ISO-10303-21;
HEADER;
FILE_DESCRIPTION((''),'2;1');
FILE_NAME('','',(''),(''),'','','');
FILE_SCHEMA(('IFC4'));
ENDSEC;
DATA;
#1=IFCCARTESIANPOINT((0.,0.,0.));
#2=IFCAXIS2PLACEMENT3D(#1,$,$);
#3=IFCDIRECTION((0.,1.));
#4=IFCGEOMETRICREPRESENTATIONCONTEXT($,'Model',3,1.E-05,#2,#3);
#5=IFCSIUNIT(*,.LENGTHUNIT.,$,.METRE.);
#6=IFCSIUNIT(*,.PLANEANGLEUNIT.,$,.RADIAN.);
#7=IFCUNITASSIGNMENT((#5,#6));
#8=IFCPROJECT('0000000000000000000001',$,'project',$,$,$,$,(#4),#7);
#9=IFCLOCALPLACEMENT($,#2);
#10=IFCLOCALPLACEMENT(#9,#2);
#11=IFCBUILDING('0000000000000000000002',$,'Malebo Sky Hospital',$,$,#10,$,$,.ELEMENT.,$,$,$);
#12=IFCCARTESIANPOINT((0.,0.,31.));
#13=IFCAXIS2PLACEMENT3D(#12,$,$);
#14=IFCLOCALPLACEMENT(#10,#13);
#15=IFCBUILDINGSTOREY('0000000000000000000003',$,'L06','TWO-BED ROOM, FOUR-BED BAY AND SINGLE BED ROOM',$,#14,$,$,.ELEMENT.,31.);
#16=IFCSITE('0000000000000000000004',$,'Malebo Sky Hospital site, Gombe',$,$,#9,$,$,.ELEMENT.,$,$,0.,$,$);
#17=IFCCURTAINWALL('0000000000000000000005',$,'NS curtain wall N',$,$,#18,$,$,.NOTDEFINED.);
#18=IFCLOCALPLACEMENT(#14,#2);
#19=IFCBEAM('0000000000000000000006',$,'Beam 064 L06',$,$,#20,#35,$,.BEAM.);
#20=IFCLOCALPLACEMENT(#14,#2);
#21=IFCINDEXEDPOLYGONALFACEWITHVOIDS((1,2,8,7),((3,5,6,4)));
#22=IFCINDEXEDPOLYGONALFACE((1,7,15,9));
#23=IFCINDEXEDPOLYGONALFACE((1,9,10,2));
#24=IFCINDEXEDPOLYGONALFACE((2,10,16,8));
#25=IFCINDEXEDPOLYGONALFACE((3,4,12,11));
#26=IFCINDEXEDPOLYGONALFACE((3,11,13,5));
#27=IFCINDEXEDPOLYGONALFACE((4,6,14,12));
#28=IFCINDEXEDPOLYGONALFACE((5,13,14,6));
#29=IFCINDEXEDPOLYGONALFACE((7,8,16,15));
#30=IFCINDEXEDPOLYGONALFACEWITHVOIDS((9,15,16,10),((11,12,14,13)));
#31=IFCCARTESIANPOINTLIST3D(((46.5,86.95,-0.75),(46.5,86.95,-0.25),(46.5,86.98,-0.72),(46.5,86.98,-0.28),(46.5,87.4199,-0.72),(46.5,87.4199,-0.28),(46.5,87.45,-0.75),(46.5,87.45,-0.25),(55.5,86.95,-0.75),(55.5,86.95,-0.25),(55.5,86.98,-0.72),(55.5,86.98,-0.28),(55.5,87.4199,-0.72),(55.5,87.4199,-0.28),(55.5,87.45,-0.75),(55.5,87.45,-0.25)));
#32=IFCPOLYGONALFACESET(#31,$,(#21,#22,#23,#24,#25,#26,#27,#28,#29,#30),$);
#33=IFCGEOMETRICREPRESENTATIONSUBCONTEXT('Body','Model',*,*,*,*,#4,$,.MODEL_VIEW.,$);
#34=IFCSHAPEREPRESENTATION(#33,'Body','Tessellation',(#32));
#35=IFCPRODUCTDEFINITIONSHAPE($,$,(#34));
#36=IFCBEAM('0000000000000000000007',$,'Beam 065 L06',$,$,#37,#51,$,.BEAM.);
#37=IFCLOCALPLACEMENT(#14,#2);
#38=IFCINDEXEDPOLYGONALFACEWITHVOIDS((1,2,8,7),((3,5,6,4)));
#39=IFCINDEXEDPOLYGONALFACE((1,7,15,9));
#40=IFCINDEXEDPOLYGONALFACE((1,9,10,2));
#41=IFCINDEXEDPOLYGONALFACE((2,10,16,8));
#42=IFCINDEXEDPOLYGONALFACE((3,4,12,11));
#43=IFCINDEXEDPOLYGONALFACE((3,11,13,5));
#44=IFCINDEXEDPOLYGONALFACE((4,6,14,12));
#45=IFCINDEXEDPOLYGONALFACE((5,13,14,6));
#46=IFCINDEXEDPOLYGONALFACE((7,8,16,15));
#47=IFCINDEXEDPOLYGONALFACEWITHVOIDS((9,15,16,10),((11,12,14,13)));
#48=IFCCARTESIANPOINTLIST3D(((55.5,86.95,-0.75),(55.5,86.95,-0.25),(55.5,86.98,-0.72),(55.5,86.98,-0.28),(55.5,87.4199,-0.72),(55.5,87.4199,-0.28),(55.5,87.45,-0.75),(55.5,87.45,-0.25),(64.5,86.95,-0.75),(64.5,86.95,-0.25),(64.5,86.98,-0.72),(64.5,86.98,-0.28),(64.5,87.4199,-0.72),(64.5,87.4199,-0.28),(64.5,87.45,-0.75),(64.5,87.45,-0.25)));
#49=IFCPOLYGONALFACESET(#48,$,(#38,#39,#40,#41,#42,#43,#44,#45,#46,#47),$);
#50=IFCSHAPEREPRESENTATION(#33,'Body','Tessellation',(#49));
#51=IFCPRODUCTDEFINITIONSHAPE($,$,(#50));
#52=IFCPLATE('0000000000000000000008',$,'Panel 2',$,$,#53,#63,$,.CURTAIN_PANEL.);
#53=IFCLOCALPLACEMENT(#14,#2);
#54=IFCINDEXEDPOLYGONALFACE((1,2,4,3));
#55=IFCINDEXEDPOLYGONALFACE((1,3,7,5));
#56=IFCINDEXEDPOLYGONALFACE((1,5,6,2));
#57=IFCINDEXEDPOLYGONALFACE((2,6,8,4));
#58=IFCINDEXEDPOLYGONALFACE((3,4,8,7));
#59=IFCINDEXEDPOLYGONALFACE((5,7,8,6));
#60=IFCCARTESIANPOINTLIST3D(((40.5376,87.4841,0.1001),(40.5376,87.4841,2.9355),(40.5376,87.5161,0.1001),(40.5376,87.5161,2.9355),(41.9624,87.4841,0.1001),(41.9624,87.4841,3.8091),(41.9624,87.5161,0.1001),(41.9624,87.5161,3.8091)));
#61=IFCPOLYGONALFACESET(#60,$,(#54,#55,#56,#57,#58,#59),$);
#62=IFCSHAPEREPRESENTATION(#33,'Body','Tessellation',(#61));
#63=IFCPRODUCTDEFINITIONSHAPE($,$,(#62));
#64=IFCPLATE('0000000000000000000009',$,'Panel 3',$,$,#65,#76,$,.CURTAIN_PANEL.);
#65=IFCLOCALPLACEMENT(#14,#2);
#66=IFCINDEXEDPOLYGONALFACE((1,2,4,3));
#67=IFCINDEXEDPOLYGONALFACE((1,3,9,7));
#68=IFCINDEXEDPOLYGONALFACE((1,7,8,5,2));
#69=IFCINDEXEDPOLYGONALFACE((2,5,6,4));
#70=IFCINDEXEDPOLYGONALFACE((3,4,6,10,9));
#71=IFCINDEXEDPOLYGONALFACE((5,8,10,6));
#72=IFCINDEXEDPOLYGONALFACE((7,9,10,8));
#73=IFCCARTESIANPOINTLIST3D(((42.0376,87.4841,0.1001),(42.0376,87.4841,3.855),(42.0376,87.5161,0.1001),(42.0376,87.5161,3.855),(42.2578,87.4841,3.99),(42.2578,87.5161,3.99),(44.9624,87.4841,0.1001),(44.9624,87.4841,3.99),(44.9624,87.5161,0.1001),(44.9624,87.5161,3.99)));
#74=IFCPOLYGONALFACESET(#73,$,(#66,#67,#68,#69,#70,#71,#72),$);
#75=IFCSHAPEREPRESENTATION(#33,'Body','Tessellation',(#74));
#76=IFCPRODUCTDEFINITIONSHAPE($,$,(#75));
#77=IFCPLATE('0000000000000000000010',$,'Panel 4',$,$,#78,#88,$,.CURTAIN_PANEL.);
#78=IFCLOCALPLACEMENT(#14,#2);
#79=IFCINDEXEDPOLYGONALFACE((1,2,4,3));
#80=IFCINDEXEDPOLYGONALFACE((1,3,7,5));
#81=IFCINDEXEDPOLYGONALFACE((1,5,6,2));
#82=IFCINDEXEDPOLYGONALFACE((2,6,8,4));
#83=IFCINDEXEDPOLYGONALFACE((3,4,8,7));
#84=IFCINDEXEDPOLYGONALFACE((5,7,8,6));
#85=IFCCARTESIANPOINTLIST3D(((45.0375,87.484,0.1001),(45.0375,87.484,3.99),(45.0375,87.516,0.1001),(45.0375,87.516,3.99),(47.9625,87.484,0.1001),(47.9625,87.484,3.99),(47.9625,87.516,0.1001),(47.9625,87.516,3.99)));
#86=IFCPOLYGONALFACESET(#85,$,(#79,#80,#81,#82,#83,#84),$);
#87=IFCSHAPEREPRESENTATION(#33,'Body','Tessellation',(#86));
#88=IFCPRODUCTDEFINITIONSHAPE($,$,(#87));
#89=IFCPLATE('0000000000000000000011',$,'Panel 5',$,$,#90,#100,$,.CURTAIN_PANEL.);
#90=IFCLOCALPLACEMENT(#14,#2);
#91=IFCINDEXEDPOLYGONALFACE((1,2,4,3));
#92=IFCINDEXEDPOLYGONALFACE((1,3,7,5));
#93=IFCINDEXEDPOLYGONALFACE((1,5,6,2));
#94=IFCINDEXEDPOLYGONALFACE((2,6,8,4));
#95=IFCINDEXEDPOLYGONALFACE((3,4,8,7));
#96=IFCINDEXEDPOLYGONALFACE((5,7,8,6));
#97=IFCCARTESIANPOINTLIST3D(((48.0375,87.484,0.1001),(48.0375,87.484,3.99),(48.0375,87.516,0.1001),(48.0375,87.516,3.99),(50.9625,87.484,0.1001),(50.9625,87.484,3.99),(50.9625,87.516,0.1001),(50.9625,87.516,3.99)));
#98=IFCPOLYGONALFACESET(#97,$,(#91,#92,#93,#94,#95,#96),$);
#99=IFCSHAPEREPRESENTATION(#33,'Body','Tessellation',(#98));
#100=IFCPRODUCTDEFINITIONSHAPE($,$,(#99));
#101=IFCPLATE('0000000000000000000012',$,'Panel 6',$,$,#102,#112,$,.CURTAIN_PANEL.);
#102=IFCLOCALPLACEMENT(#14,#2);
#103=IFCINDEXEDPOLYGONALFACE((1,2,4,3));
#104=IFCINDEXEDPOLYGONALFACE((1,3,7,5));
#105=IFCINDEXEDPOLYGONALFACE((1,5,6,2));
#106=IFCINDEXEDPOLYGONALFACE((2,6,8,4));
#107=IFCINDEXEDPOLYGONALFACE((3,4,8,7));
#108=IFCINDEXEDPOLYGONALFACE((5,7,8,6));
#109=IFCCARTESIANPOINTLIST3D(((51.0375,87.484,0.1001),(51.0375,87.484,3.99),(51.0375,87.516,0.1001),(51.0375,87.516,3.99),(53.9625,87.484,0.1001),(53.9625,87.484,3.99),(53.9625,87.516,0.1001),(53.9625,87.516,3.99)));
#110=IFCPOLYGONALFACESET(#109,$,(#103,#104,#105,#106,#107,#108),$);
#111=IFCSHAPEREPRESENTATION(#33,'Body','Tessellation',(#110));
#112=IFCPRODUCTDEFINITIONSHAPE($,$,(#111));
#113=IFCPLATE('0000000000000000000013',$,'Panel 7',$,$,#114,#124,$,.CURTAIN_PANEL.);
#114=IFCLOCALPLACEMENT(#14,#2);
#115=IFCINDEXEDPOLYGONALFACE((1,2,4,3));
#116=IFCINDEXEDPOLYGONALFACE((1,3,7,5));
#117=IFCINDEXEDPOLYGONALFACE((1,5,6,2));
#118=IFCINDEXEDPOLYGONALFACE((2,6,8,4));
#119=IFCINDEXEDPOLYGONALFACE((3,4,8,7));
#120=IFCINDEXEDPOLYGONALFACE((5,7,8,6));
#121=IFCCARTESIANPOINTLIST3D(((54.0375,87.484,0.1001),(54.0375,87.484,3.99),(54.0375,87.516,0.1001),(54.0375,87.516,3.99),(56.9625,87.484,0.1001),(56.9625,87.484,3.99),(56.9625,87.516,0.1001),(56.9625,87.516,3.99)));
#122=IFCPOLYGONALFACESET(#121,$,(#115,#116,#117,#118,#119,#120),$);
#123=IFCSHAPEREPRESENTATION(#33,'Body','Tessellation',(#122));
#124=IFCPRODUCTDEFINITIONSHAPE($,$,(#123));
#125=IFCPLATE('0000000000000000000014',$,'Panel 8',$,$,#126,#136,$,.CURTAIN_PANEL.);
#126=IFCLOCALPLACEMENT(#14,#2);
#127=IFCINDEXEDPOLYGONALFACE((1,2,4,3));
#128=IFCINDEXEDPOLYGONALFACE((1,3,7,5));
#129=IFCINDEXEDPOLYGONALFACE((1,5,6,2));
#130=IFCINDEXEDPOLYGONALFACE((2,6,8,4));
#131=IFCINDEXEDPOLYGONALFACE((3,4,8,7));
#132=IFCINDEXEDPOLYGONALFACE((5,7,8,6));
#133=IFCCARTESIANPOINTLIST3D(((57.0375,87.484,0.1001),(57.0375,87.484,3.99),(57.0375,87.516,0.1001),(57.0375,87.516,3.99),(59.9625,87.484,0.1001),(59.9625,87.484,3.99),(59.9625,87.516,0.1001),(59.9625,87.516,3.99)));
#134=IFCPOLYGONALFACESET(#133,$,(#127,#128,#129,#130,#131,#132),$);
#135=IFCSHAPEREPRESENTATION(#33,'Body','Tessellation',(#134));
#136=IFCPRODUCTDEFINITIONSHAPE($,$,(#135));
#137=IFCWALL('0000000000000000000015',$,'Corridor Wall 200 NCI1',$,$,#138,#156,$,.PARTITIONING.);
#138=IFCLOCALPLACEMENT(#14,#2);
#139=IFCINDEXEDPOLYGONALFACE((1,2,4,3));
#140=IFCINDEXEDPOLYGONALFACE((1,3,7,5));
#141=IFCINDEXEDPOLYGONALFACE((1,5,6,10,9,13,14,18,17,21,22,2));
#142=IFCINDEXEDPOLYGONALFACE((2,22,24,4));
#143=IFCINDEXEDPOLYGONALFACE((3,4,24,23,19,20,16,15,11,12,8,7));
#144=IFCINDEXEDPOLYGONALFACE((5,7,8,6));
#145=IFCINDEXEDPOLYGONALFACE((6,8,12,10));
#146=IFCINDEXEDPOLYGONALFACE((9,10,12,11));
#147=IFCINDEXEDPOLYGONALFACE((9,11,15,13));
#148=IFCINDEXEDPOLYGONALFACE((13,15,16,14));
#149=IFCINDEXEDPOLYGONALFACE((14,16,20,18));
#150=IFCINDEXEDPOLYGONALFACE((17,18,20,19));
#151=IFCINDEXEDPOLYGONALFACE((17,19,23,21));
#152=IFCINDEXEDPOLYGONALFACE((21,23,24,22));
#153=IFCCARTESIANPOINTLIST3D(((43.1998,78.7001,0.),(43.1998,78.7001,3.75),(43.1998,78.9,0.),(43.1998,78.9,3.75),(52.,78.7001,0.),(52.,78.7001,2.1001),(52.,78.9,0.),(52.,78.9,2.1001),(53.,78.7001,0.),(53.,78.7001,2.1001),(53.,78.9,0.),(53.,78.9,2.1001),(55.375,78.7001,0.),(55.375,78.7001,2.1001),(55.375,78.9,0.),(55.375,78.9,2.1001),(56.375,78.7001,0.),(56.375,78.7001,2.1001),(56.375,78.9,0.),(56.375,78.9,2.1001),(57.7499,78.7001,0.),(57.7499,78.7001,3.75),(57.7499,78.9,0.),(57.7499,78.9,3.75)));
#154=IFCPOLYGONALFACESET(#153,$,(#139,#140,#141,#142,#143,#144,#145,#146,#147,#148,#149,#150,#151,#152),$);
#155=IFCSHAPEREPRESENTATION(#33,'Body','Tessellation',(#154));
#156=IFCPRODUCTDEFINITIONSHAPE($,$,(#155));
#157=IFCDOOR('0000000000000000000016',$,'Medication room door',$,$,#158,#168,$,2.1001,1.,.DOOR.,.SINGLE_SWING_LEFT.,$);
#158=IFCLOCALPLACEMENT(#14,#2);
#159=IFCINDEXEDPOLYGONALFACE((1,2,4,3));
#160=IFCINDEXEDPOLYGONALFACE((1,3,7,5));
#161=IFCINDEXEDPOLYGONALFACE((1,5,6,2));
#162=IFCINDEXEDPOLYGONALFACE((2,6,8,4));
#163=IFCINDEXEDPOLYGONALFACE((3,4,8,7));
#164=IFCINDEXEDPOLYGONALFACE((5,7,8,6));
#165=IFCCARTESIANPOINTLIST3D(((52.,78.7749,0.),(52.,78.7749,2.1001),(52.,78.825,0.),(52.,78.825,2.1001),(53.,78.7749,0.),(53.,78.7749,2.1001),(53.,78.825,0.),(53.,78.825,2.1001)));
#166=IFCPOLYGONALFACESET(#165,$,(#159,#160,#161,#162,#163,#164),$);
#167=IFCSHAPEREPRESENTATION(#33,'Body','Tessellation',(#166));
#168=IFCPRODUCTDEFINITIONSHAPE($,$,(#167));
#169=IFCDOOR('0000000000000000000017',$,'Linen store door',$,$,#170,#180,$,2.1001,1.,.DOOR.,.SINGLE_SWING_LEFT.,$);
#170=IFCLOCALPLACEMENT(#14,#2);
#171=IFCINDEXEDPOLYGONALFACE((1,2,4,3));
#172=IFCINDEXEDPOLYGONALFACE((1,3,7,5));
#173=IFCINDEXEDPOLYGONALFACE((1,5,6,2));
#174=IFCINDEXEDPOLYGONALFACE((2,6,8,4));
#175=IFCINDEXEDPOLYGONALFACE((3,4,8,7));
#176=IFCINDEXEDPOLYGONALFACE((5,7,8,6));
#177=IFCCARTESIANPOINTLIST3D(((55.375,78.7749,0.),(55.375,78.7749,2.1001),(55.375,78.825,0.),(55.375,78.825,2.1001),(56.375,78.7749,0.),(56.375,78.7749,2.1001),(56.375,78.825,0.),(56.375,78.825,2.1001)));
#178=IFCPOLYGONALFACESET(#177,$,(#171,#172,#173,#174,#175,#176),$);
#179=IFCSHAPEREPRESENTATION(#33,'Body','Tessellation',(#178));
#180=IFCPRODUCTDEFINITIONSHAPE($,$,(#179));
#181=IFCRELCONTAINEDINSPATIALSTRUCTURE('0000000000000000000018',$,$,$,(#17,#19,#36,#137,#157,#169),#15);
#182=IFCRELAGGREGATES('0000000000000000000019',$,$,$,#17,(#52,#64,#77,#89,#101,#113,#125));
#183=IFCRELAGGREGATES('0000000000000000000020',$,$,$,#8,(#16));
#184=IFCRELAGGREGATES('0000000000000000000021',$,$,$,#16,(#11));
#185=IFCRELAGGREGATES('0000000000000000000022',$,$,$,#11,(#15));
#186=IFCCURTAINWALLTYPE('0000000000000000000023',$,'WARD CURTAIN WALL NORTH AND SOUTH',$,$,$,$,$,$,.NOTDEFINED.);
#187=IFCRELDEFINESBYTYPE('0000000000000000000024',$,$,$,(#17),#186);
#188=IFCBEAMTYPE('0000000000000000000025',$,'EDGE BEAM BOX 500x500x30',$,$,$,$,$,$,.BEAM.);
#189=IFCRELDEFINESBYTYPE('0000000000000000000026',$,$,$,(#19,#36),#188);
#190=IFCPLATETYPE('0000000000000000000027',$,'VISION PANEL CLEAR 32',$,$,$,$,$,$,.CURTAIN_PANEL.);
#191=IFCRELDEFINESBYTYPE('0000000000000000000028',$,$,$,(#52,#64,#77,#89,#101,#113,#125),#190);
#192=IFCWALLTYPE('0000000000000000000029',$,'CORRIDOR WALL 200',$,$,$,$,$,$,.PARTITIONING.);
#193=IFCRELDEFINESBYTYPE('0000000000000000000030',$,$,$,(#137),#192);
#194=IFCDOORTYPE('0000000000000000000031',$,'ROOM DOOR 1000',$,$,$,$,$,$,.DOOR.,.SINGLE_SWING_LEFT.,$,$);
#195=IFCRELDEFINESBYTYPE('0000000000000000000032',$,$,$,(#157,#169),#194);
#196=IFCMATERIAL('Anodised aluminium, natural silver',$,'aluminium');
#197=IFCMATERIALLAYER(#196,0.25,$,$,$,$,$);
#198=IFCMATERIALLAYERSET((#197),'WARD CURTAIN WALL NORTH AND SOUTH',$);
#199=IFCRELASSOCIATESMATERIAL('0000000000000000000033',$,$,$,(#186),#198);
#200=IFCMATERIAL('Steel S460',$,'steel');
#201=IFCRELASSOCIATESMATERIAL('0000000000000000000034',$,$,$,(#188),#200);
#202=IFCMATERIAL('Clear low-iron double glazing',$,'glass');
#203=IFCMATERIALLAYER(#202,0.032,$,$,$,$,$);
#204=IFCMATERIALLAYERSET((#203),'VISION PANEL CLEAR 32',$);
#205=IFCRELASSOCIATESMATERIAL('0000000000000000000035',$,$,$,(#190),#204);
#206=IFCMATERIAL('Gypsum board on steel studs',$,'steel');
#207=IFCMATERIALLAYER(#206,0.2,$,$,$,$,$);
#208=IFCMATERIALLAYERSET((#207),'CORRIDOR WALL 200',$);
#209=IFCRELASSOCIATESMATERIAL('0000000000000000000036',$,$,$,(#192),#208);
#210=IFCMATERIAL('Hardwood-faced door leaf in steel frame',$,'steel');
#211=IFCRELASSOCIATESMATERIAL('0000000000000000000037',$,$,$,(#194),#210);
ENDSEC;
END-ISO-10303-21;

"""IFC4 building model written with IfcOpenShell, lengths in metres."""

from ifc_helpers import new_model, si_unit, direction, frame, frame_2d, origin, origin_2d, place, context, subcontext, project, spatial, polyline, rectangle, hollow_rectangle, outline, extrude, material, layer, layer_set, material_profile, profile_set, type_object, element, fill, aggregate, save


model = new_model("IFC4")

# Units and contexts
model_context = context("Model", 3, precision=1e-05, world=origin(), true_north=direction((0.0, 1.0)))
body_context = subcontext(model_context, "Body", "Model", "MODEL_VIEW")
ifc_project = project(units=[si_unit("LENGTHUNIT", "METRE"), si_unit("PLANEANGLEUNIT", "RADIAN")], contexts=[model_context])

# Site, building, storey
site_placement = place(None, origin())
site = spatial("IfcSite", under=ifc_project, at=site_placement, Name="Malebo Sky Hospital site, Gombe", CompositionType="ELEMENT", RefElevation=0.0)
building_placement = place(site_placement, origin())
building = spatial("IfcBuilding", under=site, at=building_placement, Name="Malebo Sky Hospital", CompositionType="ELEMENT")
storey_placement = place(building_placement, frame((0.0, 0.0, 31.0)))
storey = spatial("IfcBuildingStorey", under=building, at=storey_placement, Name="L06", Description="TWO-BED ROOM, FOUR-BED BAY AND SINGLE BED ROOM", CompositionType="ELEMENT", Elevation=31.0)

# Shared definitions
ifc_material_1 = material(Name="Steel S460", Category="steel")

# Curtain wall
ifc_material_2 = material(Name="Anodised aluminium, natural silver", Category="aluminium")
ifc_layer_1 = layer(ifc_material_2, 0.25)
ifc_layer_set_1 = layer_set([ifc_layer_1], Name="WARD CURTAIN WALL NORTH AND SOUTH")
curtain_wall_type = type_object("IfcCurtainWallType", Name="WARD CURTAIN WALL NORTH AND SOUTH", PredefinedType="NOTDEFINED", material=ifc_layer_set_1)
curtain_wall_placement = place(storey_placement, origin())
curtain_wall = element("IfcCurtainWall", 1, at=curtain_wall_placement, inside=storey, type_object=curtain_wall_type, Name="NS curtain wall N", PredefinedType="NOTDEFINED")

# Beams
ifc_material_profile_1 = material_profile(ifc_material_1, hollow_rectangle(XDim=0.5, YDim=0.5, WallThickness=0.03, at=origin_2d()), Name="BOX 500x500x30")
ifc_profile_set_1 = profile_set([ifc_material_profile_1], Name="Steel S460")
beam_type = type_object("IfcBeamType", Name="EDGE BEAM BOX 500x500x30", PredefinedType="BEAM", material=ifc_profile_set_1)
for number, where, z_axis, x_axis, name in (
    (2, (46.5, 87.2, -0.5), (1.0, 0.0, 0.0), (0.0, 1.0, 0.0), "Beam 064 L06"),
    (3, (55.5, 87.2, -0.5), (1.0, 0.0, 0.0), (0.0, 1.0, 0.0), "Beam 065 L06"),
):
    element("IfcBeam", number, at=place(storey_placement, frame(where, z_axis=z_axis, x_axis=x_axis)), inside=storey, type_object=beam_type, Name=name, PredefinedType="BEAM", context=body_context, shape_type="SweptSolid", body=[
        extrude(hollow_rectangle(XDim=0.5, YDim=0.5, WallThickness=0.03, at=origin_2d()), origin(), (0.0, 0.0, 1.0), 9.0),
    ])

# Plates
ifc_material_3 = material(Name="Clear low-iron double glazing", Category="glass")
ifc_layer_2 = layer(ifc_material_3, 0.032)
ifc_layer_set_2 = layer_set([ifc_layer_2], Name="VISION PANEL CLEAR 32")
plate_type = type_object("IfcPlateType", Name="VISION PANEL CLEAR 32", PredefinedType="CURTAIN_PANEL", material=ifc_layer_set_2)
plate_1_placement = place(storey_placement, frame((41.25, 87.5, 0.1001), z_axis=(0.0, 0.0, 1.0), x_axis=(1.0, 0.0, 0.0)))
plate_1 = element("IfcPlate", 4, at=plate_1_placement, type_object=plate_type, Name="Panel 2", PredefinedType="CURTAIN_PANEL", context=body_context, shape_type="SweptSolid", body=[
    extrude(outline(polyline([(-0.7124, 0.0), (0.7124, 0.0), (0.7124, 3.709), (-0.7124, 2.8354), (-0.7124, 0.0)])), frame((0.0, 0.0161, 0.0), z_axis=(0.0, -1.0, 0.0), x_axis=(1.0, 0.0, 0.0)), (0.0, 0.0, 1.0), 0.032),
])
plate_2_placement = place(storey_placement, frame((43.5, 87.5, 0.1001), z_axis=(0.0, 0.0, 1.0), x_axis=(1.0, 0.0, 0.0)))
plate_2 = element("IfcPlate", 5, at=plate_2_placement, type_object=plate_type, Name="Panel 3", PredefinedType="CURTAIN_PANEL", context=body_context, shape_type="SweptSolid", body=[
    extrude(outline(polyline([(-1.4624, 0.0), (1.4624, 0.0), (1.4624, 3.8899), (-1.2422, 3.8899), (-1.4624, 3.7549), (-1.4624, 0.0)])), frame((0.0, 0.0161, 0.0), z_axis=(0.0, -1.0, 0.0), x_axis=(1.0, 0.0, 0.0)), (0.0, 0.0, 1.0), 0.032),
])
plate_3_placement = place(storey_placement, frame((46.5, 87.5, 0.1001), z_axis=(0.0, 0.0, 1.0), x_axis=(1.0, 0.0, 0.0)))
plate_3 = element("IfcPlate", 6, at=plate_3_placement, type_object=plate_type, Name="Panel 4", PredefinedType="CURTAIN_PANEL", context=body_context, shape_type="SweptSolid", body=[
    extrude(rectangle(XDim=2.925, YDim=0.032, at=origin_2d()), origin(), (0.0, 0.0, 1.0), 3.8899),
])
plate_4_placement = place(storey_placement, frame((49.5, 87.5, 0.1001), z_axis=(0.0, 0.0, 1.0), x_axis=(1.0, 0.0, 0.0)))
plate_4 = element("IfcPlate", 7, at=plate_4_placement, type_object=plate_type, Name="Panel 5", PredefinedType="CURTAIN_PANEL", context=body_context, shape_type="SweptSolid", body=[
    extrude(rectangle(XDim=2.925, YDim=0.032, at=origin_2d()), origin(), (0.0, 0.0, 1.0), 3.8899),
])
plate_5_placement = place(storey_placement, frame((52.5, 87.5, 0.1001), z_axis=(0.0, 0.0, 1.0), x_axis=(1.0, 0.0, 0.0)))
plate_5 = element("IfcPlate", 8, at=plate_5_placement, type_object=plate_type, Name="Panel 6", PredefinedType="CURTAIN_PANEL", context=body_context, shape_type="SweptSolid", body=[
    extrude(rectangle(XDim=2.925, YDim=0.032, at=origin_2d()), origin(), (0.0, 0.0, 1.0), 3.8899),
])
plate_6_placement = place(storey_placement, frame((55.5, 87.5, 0.1001), z_axis=(0.0, 0.0, 1.0), x_axis=(1.0, 0.0, 0.0)))
plate_6 = element("IfcPlate", 9, at=plate_6_placement, type_object=plate_type, Name="Panel 7", PredefinedType="CURTAIN_PANEL", context=body_context, shape_type="SweptSolid", body=[
    extrude(rectangle(XDim=2.925, YDim=0.032, at=origin_2d()), origin(), (0.0, 0.0, 1.0), 3.8899),
])
plate_7_placement = place(storey_placement, frame((58.5, 87.5, 0.1001), z_axis=(0.0, 0.0, 1.0), x_axis=(1.0, 0.0, 0.0)))
plate_7 = element("IfcPlate", 10, at=plate_7_placement, type_object=plate_type, Name="Panel 8", PredefinedType="CURTAIN_PANEL", context=body_context, shape_type="SweptSolid", body=[
    extrude(rectangle(XDim=2.925, YDim=0.032, at=origin_2d()), origin(), (0.0, 0.0, 1.0), 3.8899),
])
aggregate(curtain_wall, [plate_1, plate_2, plate_3, plate_4, plate_5, plate_6, plate_7])

# Wall, openings, doors
ifc_material_4 = material(Name="Gypsum board on steel studs", Category="steel")
ifc_layer_3 = layer(ifc_material_4, 0.2)
ifc_layer_set_3 = layer_set([ifc_layer_3], Name="CORRIDOR WALL 200")
wall_type_1 = type_object("IfcWallType", Name="CORRIDOR WALL 200", PredefinedType="PARTITIONING", material=ifc_layer_set_3)
wall_1_placement = place(storey_placement, frame((43.2, 78.8, 0.0), z_axis=(0.0, 0.0, 1.0), x_axis=(1.0, 0.0, 0.0)))
wall_1 = element("IfcWall", 11, at=wall_1_placement, inside=storey, type_object=wall_type_1, Name="Corridor Wall 200 NCI1", PredefinedType="PARTITIONING", context=body_context, shape_type="SweptSolid", body=[
    extrude(rectangle(XDim=14.55, YDim=0.2, at=frame_2d((7.2749, 0.0))), origin(), (0.0, 0.0, 1.0), 3.75),
])
opening_1_placement = place(wall_1_placement, frame((8.8, 0.0, 0.0)))
opening_1 = element("IfcOpeningElement", 12, at=opening_1_placement, cuts=wall_1, PredefinedType="OPENING", context=body_context, shape_type="SweptSolid", body=[
    extrude(rectangle(XDim=1.0, YDim=2.1001, at=frame_2d((0.5, 1.05))), frame((0.0, 0.1099, 0.0), z_axis=(0.0, -1.0, 0.0), x_axis=(1.0, 0.0, 0.0)), (0.0, 0.0, 1.0), 0.22),
])
opening_2_placement = place(wall_1_placement, frame((12.175, 0.0, 0.0)))
opening_2 = element("IfcOpeningElement", 13, at=opening_2_placement, cuts=wall_1, PredefinedType="OPENING", context=body_context, shape_type="SweptSolid", body=[
    extrude(rectangle(XDim=1.0, YDim=2.1001, at=frame_2d((0.5, 1.05))), frame((0.0, 0.1099, 0.0), z_axis=(0.0, -1.0, 0.0), x_axis=(1.0, 0.0, 0.0)), (0.0, 0.0, 1.0), 0.22),
])
ifc_material_5 = material(Name="Hardwood-faced door leaf in steel frame", Category="steel")
door_type_1 = type_object("IfcDoorType", Name="ROOM DOOR 1000", OperationType="SINGLE_SWING_LEFT", PredefinedType="DOOR", material=ifc_material_5)
door_1_placement = place(opening_1_placement, origin())
door_1 = element("IfcDoor", 14, at=door_1_placement, inside=storey, type_object=door_type_1, Name="Medication room door", OperationType="SINGLE_SWING_LEFT", OverallHeight=2.1001, OverallWidth=1.0, PredefinedType="DOOR", context=body_context, shape_type="SweptSolid", body=[
    extrude(rectangle(XDim=1.0, YDim=2.1001, at=frame_2d((0.5, 1.05))), frame((0.0, 0.0249, 0.0), z_axis=(0.0, -1.0, 0.0), x_axis=(1.0, 0.0, 0.0)), (0.0, 0.0, 1.0), 0.05),
])
fill(opening_1, door_1)
door_2_placement = place(opening_2_placement, origin())
door_2 = element("IfcDoor", 15, at=door_2_placement, inside=storey, type_object=door_type_1, Name="Linen store door", OperationType="SINGLE_SWING_LEFT", OverallHeight=2.1001, OverallWidth=1.0, PredefinedType="DOOR", context=body_context, shape_type="SweptSolid", body=[
    extrude(rectangle(XDim=1.0, YDim=2.1001, at=frame_2d((0.5, 1.05))), frame((0.0, 0.0249, 0.0), z_axis=(0.0, -1.0, 0.0), x_axis=(1.0, 0.0, 0.0)), (0.0, 0.0, 1.0), 0.05),
])
fill(opening_2, door_2)

save(model, "model.ifc")
